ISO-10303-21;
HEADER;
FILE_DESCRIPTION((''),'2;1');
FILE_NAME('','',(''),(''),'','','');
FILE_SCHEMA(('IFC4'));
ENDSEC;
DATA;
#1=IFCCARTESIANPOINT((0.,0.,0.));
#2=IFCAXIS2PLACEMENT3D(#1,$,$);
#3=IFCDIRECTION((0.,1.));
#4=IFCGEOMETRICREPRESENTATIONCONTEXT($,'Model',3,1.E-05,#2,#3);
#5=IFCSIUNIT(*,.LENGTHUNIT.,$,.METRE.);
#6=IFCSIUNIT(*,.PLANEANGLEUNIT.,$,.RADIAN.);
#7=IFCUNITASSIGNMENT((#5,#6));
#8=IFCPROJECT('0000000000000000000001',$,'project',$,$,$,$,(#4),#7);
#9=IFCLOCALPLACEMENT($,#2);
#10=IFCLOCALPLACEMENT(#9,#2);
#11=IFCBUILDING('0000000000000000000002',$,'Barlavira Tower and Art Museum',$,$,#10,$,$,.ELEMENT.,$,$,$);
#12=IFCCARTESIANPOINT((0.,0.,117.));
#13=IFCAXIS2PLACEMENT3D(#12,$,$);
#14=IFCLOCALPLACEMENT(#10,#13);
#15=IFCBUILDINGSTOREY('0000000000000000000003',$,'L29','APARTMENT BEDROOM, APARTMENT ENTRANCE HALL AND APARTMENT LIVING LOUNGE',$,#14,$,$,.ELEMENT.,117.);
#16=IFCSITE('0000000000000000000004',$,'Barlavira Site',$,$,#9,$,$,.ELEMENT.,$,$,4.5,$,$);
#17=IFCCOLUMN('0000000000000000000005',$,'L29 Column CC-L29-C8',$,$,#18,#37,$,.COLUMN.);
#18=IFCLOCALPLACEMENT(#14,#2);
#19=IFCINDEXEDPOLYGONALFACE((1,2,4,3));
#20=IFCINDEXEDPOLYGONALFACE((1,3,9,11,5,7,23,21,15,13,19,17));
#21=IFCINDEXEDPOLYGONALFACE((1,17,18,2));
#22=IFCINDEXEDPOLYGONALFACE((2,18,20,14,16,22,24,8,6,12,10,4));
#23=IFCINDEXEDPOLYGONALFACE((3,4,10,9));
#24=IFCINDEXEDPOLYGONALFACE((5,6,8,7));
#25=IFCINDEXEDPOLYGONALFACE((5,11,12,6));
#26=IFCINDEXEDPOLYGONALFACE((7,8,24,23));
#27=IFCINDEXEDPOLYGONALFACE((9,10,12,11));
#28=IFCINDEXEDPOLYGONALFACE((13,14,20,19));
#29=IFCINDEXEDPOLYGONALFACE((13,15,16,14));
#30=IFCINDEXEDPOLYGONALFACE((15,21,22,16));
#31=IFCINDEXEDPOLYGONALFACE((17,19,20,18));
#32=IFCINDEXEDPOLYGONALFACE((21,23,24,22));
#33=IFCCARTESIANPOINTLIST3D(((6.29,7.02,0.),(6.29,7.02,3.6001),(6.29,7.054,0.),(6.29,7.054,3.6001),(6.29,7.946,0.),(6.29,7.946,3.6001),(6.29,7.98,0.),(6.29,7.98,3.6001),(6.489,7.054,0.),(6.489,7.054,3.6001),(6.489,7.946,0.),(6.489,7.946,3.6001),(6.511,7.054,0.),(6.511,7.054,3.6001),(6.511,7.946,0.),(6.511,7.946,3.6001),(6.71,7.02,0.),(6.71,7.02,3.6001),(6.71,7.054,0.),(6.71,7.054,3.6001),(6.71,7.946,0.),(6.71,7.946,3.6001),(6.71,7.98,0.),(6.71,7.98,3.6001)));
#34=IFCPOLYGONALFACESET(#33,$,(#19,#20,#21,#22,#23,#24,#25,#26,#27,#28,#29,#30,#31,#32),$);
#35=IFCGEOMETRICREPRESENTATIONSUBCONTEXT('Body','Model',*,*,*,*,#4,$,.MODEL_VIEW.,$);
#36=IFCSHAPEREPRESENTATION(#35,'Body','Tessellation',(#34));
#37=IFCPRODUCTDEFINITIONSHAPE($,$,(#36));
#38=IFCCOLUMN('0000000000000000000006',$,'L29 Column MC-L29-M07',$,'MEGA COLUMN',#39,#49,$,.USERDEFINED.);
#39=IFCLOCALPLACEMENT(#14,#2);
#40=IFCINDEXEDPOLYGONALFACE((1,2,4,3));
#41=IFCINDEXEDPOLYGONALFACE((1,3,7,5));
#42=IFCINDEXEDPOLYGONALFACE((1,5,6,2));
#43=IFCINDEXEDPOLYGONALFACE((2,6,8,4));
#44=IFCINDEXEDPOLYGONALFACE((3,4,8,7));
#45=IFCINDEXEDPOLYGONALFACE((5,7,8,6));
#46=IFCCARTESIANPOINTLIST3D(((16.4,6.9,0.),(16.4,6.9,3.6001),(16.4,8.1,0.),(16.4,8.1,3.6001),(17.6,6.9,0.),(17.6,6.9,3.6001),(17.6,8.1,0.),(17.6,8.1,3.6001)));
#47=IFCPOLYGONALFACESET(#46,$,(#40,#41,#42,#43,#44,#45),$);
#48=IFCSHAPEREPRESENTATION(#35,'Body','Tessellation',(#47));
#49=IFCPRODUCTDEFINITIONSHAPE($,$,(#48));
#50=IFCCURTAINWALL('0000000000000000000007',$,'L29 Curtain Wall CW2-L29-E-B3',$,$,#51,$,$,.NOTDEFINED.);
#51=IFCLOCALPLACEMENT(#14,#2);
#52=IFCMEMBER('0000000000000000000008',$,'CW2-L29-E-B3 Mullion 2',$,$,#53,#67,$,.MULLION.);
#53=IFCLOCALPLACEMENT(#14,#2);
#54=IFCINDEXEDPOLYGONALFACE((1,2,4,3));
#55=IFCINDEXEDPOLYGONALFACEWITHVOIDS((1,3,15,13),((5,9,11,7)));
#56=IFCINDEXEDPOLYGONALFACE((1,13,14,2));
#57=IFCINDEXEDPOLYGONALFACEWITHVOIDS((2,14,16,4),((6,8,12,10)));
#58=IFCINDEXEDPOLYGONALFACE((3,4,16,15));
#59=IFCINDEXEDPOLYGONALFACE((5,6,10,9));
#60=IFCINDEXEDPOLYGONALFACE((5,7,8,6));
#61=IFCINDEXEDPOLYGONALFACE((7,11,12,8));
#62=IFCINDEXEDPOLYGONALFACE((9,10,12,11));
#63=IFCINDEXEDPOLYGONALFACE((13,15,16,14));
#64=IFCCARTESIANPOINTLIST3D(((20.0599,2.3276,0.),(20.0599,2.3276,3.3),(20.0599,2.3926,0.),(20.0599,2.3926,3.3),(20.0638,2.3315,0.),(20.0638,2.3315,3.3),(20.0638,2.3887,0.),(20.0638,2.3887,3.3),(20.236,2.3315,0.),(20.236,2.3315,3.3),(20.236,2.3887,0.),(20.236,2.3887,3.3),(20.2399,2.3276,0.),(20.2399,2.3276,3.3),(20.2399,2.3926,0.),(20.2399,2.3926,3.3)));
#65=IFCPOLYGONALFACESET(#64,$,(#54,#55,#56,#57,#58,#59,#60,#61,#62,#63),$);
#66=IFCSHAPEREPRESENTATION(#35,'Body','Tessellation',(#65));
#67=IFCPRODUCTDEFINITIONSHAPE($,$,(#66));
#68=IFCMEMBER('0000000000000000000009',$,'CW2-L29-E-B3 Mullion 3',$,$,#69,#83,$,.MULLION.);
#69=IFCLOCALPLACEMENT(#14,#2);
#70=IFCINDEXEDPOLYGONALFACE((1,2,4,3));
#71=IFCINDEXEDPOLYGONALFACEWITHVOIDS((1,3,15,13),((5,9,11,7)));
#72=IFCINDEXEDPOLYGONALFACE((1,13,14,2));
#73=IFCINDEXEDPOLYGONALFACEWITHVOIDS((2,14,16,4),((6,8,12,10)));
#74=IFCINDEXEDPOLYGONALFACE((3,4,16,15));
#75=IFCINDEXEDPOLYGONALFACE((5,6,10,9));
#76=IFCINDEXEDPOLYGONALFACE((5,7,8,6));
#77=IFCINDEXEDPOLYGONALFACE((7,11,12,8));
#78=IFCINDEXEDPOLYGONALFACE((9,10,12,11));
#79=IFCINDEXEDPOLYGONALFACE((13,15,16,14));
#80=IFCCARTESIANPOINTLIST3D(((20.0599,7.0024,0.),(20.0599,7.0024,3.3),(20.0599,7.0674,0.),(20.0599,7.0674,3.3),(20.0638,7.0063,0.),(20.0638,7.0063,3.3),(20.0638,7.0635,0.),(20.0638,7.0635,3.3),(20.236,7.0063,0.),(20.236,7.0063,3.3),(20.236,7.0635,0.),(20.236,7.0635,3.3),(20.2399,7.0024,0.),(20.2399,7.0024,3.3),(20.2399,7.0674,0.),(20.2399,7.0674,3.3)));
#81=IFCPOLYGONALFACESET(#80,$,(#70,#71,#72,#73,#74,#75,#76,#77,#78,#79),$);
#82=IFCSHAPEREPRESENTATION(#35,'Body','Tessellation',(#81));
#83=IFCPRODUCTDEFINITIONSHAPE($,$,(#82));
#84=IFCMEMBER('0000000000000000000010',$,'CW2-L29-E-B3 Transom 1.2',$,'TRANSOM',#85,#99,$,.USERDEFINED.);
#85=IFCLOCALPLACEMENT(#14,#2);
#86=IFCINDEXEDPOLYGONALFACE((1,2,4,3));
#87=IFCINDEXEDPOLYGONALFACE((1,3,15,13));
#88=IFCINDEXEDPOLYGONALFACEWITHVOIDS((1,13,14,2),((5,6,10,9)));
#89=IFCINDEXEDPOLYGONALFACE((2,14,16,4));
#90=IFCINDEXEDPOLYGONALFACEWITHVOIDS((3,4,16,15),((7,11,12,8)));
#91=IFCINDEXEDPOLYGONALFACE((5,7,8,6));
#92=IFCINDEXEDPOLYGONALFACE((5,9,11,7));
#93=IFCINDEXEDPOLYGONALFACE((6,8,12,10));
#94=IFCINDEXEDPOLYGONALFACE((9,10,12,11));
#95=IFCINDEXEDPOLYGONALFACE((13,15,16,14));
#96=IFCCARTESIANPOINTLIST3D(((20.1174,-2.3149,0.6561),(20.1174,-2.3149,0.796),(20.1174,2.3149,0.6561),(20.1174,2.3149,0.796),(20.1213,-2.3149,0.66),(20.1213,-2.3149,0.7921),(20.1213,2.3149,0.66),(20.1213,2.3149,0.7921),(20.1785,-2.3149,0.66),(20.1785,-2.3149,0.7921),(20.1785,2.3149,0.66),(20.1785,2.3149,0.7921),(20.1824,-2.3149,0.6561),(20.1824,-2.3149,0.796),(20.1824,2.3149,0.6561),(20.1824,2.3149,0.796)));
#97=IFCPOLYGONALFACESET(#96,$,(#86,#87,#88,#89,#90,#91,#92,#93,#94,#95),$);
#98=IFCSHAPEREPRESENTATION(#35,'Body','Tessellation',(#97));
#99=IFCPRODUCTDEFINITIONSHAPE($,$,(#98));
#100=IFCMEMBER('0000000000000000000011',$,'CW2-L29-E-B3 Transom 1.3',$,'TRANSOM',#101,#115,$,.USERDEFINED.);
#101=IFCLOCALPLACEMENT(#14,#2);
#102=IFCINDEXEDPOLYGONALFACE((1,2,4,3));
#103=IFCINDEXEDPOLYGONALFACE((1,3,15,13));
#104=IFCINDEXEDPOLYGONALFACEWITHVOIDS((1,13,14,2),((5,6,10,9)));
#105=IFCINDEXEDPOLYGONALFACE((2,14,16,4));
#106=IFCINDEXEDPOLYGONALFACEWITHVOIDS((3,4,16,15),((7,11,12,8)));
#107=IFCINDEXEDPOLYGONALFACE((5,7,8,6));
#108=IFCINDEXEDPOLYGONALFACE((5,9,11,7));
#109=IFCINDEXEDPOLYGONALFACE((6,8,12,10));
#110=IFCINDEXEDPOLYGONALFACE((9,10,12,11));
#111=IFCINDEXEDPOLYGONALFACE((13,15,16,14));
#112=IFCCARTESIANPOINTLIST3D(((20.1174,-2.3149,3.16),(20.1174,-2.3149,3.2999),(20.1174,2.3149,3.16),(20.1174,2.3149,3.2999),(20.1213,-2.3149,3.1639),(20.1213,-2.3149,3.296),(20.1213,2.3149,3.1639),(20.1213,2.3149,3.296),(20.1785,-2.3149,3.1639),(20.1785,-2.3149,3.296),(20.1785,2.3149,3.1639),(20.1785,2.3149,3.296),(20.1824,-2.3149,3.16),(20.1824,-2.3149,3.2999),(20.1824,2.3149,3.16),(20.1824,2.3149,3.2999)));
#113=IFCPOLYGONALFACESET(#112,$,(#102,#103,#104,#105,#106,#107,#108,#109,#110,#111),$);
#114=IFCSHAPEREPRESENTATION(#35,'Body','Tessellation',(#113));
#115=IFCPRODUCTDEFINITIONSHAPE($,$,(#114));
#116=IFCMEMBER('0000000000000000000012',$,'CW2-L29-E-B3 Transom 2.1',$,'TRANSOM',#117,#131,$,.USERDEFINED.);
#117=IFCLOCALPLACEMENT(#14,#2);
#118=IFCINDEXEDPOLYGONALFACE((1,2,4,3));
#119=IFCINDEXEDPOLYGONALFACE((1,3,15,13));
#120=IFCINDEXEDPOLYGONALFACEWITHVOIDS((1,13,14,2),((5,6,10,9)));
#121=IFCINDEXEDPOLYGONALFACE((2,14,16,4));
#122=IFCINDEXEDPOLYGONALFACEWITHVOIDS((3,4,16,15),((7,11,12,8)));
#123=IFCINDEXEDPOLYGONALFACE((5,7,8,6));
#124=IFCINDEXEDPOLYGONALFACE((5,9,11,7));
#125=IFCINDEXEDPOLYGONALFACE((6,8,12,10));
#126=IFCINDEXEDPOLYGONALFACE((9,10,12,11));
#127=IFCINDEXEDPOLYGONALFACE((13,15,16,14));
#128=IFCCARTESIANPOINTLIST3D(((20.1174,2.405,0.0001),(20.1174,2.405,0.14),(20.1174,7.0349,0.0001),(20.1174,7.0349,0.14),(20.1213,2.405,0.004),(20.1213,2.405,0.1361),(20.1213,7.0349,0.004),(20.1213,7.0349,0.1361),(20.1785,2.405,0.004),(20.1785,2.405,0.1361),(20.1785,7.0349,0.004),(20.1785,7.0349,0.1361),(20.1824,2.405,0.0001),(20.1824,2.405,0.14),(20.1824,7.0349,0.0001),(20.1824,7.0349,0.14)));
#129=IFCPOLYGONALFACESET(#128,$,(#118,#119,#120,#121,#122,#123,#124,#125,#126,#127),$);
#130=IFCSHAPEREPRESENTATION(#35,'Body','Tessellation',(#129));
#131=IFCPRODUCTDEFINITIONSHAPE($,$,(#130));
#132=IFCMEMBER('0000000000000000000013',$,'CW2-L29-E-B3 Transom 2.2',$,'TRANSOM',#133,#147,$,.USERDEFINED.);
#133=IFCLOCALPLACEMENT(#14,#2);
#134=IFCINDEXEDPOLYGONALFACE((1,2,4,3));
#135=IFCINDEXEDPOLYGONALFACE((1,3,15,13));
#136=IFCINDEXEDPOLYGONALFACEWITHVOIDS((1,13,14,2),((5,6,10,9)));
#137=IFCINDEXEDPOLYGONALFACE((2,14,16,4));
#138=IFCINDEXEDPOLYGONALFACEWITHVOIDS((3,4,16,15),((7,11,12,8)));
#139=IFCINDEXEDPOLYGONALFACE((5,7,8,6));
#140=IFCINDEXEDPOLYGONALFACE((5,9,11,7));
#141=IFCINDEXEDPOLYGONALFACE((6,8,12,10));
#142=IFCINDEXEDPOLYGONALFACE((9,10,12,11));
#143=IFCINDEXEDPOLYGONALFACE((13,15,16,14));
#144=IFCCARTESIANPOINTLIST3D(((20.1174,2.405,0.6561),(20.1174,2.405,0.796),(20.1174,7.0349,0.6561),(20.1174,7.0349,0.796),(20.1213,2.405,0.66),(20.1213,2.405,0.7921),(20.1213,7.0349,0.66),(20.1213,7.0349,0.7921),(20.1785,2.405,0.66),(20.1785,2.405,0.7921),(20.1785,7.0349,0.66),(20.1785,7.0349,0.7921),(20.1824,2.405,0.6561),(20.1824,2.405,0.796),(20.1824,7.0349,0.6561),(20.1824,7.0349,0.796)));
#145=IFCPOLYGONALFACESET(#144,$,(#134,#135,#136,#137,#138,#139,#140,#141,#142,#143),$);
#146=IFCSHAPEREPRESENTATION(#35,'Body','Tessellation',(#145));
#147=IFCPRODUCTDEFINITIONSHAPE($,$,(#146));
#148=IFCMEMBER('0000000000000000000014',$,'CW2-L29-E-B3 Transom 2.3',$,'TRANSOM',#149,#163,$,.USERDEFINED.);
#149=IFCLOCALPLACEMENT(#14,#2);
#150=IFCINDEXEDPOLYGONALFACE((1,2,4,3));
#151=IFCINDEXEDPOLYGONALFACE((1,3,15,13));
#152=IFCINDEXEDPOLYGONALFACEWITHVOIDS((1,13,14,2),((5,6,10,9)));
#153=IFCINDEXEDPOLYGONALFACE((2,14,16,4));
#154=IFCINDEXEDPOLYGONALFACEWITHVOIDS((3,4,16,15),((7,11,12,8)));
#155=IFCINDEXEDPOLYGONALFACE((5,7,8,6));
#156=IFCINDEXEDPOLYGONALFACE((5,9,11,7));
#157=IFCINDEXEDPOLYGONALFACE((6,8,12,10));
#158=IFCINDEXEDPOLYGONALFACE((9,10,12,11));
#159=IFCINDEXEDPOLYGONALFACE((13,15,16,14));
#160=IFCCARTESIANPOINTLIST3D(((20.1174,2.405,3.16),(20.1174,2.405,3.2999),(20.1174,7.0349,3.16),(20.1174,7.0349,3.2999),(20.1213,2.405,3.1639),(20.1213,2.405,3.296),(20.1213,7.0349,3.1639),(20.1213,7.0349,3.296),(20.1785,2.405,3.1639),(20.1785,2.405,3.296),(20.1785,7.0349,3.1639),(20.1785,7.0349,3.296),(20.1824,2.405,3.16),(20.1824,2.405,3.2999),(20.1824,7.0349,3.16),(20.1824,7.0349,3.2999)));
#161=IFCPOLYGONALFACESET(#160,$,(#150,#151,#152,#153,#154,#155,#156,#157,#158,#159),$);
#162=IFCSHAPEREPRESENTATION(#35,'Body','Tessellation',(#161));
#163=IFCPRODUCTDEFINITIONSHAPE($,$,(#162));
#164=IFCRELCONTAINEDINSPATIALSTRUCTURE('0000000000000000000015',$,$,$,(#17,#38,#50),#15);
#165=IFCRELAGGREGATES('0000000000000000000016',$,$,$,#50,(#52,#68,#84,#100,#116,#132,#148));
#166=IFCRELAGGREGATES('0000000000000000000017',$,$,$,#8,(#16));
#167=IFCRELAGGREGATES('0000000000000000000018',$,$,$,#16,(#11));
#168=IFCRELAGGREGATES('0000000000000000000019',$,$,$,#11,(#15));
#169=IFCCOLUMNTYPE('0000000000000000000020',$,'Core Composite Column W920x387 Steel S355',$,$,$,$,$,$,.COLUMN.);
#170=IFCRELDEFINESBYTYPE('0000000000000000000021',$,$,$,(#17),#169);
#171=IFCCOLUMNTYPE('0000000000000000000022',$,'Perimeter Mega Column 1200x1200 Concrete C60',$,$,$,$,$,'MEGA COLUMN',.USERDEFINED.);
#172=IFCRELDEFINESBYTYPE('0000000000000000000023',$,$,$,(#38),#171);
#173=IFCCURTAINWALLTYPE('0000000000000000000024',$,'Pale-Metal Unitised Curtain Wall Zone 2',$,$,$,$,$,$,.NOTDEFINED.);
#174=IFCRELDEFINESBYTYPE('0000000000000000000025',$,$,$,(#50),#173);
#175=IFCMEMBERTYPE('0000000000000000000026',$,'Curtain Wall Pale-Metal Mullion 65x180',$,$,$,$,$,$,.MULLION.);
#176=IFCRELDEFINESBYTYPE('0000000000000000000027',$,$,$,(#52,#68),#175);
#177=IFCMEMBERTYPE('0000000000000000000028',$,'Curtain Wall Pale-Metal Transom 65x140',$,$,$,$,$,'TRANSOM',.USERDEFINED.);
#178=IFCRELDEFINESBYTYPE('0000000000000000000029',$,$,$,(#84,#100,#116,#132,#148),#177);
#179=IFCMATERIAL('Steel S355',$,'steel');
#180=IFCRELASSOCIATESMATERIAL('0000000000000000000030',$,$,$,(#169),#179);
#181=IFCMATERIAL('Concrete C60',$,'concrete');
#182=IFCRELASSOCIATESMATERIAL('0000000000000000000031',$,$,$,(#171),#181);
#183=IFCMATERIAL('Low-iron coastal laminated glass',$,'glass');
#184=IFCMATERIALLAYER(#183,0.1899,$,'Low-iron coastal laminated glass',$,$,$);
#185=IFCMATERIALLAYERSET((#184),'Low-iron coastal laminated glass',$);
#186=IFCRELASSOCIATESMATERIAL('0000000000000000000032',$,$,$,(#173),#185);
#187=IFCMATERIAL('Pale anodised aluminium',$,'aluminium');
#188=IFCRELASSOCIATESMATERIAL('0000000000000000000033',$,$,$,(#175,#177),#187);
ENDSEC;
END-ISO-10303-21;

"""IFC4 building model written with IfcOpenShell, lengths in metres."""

from ifc_helpers import new_model, si_unit, direction, frame, origin, origin_2d, place, context, subcontext, project, spatial, rectangle, hollow_rectangle, i_section, extrude, material, layer, layer_set, material_profile, profile_set, type_object, element, aggregate, save


model = new_model("IFC4")

# Units and contexts
model_context = context("Model", 3, precision=1e-05, world=origin(), true_north=direction((0.0, 1.0)))
body_context = subcontext(model_context, "Body", "Model", "MODEL_VIEW")
ifc_project = project(units=[si_unit("LENGTHUNIT", "METRE"), si_unit("PLANEANGLEUNIT", "RADIAN")], contexts=[model_context])

# Site, building, storey
site_placement = place(None, origin())
site = spatial("IfcSite", under=ifc_project, at=site_placement, Name="Barlavira Site", CompositionType="ELEMENT", RefElevation=4.5)
building_placement = place(site_placement, origin())
building = spatial("IfcBuilding", under=site, at=building_placement, Name="Barlavira Tower and Art Museum", CompositionType="ELEMENT")
storey_placement = place(building_placement, frame((0.0, 0.0, 117.0)))
storey = spatial("IfcBuildingStorey", under=building, at=storey_placement, Name="L29", Description="APARTMENT BEDROOM, APARTMENT ENTRANCE HALL AND APARTMENT LIVING LOUNGE", CompositionType="ELEMENT", Elevation=117.0)

# Columns
ifc_material_1 = material(Name="Steel S355", Category="steel")
ifc_material_profile_1 = material_profile(ifc_material_1, i_section(OverallWidth=0.4199, OverallDepth=0.96, WebThickness=0.022, FlangeThickness=0.0339, at=origin_2d()), Name="W920x387.0")
ifc_profile_set_1 = profile_set([ifc_material_profile_1], Name="Steel S355")
column_type_1 = type_object("IfcColumnType", Name="Core Composite Column W920x387 Steel S355", PredefinedType="COLUMN", material=ifc_profile_set_1)
column_1_placement = place(storey_placement, frame((6.5, 7.5, 0.0), z_axis=(0.0, 0.0, 1.0), x_axis=(1.0, 0.0, 0.0)))
element("IfcColumn", 1, at=column_1_placement, inside=storey, type_object=column_type_1, Name="L29 Column CC-L29-C8", PredefinedType="COLUMN", context=body_context, shape_type="SweptSolid", body=[
    extrude(i_section(OverallWidth=0.4199, OverallDepth=0.96, WebThickness=0.022, FlangeThickness=0.0339, at=origin_2d()), origin(), (0.0, 0.0, 1.0), 3.6001),
])
ifc_material_2 = material(Name="Concrete C60", Category="concrete")
ifc_material_profile_2 = material_profile(ifc_material_2, rectangle(XDim=1.2, YDim=1.2, at=origin_2d()), Name="RC-COL 1200x1200")
ifc_profile_set_2 = profile_set([ifc_material_profile_2], Name="Concrete C60")
column_type_2 = type_object("IfcColumnType", Name="Perimeter Mega Column 1200x1200 Concrete C60", ElementType="MEGA COLUMN", PredefinedType="USERDEFINED", material=ifc_profile_set_2)
column_2_placement = place(storey_placement, frame((17.0, 7.5, 0.0), z_axis=(0.0, 0.0, 1.0), x_axis=(1.0, 0.0, 0.0)))
element("IfcColumn", 2, at=column_2_placement, inside=storey, type_object=column_type_2, Name="L29 Column MC-L29-M07", ObjectType="MEGA COLUMN", PredefinedType="USERDEFINED", context=body_context, shape_type="SweptSolid", body=[
    extrude(rectangle(XDim=1.2, YDim=1.2, at=origin_2d()), origin(), (0.0, 0.0, 1.0), 3.6001),
])

# Curtain wall, members
ifc_material_3 = material(Name="Low-iron coastal laminated glass", Category="glass")
ifc_layer_1 = layer(ifc_material_3, 0.1899, Name="Low-iron coastal laminated glass")
ifc_layer_set_1 = layer_set([ifc_layer_1], Name="Low-iron coastal laminated glass")
curtain_wall_type = type_object("IfcCurtainWallType", Name="Pale-Metal Unitised Curtain Wall Zone 2", PredefinedType="NOTDEFINED", material=ifc_layer_set_1)
curtain_wall_placement = place(storey_placement, origin())
curtain_wall = element("IfcCurtainWall", 3, at=curtain_wall_placement, inside=storey, type_object=curtain_wall_type, Name="L29 Curtain Wall CW2-L29-E-B3", PredefinedType="NOTDEFINED")
ifc_material_4 = material(Name="Pale anodised aluminium", Category="aluminium")
ifc_material_profile_3 = material_profile(ifc_material_4, hollow_rectangle(XDim=0.0649, YDim=0.1799, WallThickness=0.0039, at=origin_2d()), Name="ALU-MULL 65x180x4")
ifc_profile_set_3 = profile_set([ifc_material_profile_3], Name="Pale anodised aluminium")
member_type_1 = type_object("IfcMemberType", Name="Curtain Wall Pale-Metal Mullion 65x180", PredefinedType="MULLION", material=ifc_profile_set_3)
member_1_placement = place(storey_placement, frame((20.1499, 2.3601, 0.0), z_axis=(0.0, 0.0, 1.0), x_axis=(0.0, 1.0, 0.0)))
member_1 = element("IfcMember", 4, at=member_1_placement, type_object=member_type_1, Name="CW2-L29-E-B3 Mullion 2", PredefinedType="MULLION", context=body_context, shape_type="SweptSolid", body=[
    extrude(hollow_rectangle(XDim=0.0649, YDim=0.1799, WallThickness=0.0039, at=origin_2d()), origin(), (0.0, 0.0, 1.0), 3.3),
])
member_2_placement = place(storey_placement, frame((20.1499, 7.0349, 0.0), z_axis=(0.0, 0.0, 1.0), x_axis=(0.0, 1.0, 0.0)))
member_2 = element("IfcMember", 5, at=member_2_placement, type_object=member_type_1, Name="CW2-L29-E-B3 Mullion 3", PredefinedType="MULLION", context=body_context, shape_type="SweptSolid", body=[
    extrude(hollow_rectangle(XDim=0.0649, YDim=0.1799, WallThickness=0.0039, at=origin_2d()), origin(), (0.0, 0.0, 1.0), 3.3),
])
ifc_material_profile_4 = material_profile(ifc_material_4, hollow_rectangle(XDim=0.0649, YDim=0.1399, WallThickness=0.0039, at=origin_2d()), Name="ALU-TRAN 65x140x4")
ifc_profile_set_4 = profile_set([ifc_material_profile_4], Name="Pale anodised aluminium")
member_type_2 = type_object("IfcMemberType", Name="Curtain Wall Pale-Metal Transom 65x140", ElementType="TRANSOM", PredefinedType="USERDEFINED", material=ifc_profile_set_4)
member_3_placement = place(storey_placement, frame((20.1499, -2.3149, 0.7261), z_axis=(0.0, 1.0, 0.0), x_axis=(-1.0, 0.0, 0.0)))
member_3 = element("IfcMember", 6, at=member_3_placement, type_object=member_type_2, Name="CW2-L29-E-B3 Transom 1.2", ObjectType="TRANSOM", PredefinedType="USERDEFINED", context=body_context, shape_type="SweptSolid", body=[
    extrude(hollow_rectangle(XDim=0.0649, YDim=0.1399, WallThickness=0.0039, at=origin_2d()), origin(), (0.0, 0.0, 1.0), 4.6299),
])
member_4_placement = place(storey_placement, frame((20.1499, -2.3149, 3.23), z_axis=(0.0, 1.0, 0.0), x_axis=(-1.0, 0.0, 0.0)))
member_4 = element("IfcMember", 7, at=member_4_placement, type_object=member_type_2, Name="CW2-L29-E-B3 Transom 1.3", ObjectType="TRANSOM", PredefinedType="USERDEFINED", context=body_context, shape_type="SweptSolid", body=[
    extrude(hollow_rectangle(XDim=0.0649, YDim=0.1399, WallThickness=0.0039, at=origin_2d()), origin(), (0.0, 0.0, 1.0), 4.6299),
])
member_5_placement = place(storey_placement, frame((20.1499, 2.405, 0.0701), z_axis=(0.0, 1.0, 0.0), x_axis=(-1.0, 0.0, 0.0)))
member_5 = element("IfcMember", 8, at=member_5_placement, type_object=member_type_2, Name="CW2-L29-E-B3 Transom 2.1", ObjectType="TRANSOM", PredefinedType="USERDEFINED", context=body_context, shape_type="SweptSolid", body=[
    extrude(hollow_rectangle(XDim=0.0649, YDim=0.1399, WallThickness=0.0039, at=origin_2d()), origin(), (0.0, 0.0, 1.0), 4.6299),
])
member_6_placement = place(storey_placement, frame((20.1499, 2.405, 0.7261), z_axis=(0.0, 1.0, 0.0), x_axis=(-1.0, 0.0, 0.0)))
member_6 = element("IfcMember", 9, at=member_6_placement, type_object=member_type_2, Name="CW2-L29-E-B3 Transom 2.2", ObjectType="TRANSOM", PredefinedType="USERDEFINED", context=body_context, shape_type="SweptSolid", body=[
    extrude(hollow_rectangle(XDim=0.0649, YDim=0.1399, WallThickness=0.0039, at=origin_2d()), origin(), (0.0, 0.0, 1.0), 4.6299),
])
member_7_placement = place(storey_placement, frame((20.1499, 2.405, 3.23), z_axis=(0.0, 1.0, 0.0), x_axis=(-1.0, 0.0, 0.0)))
member_7 = element("IfcMember", 10, at=member_7_placement, type_object=member_type_2, Name="CW2-L29-E-B3 Transom 2.3", ObjectType="TRANSOM", PredefinedType="USERDEFINED", context=body_context, shape_type="SweptSolid", body=[
    extrude(hollow_rectangle(XDim=0.0649, YDim=0.1399, WallThickness=0.0039, at=origin_2d()), origin(), (0.0, 0.0, 1.0), 4.6299),
])

aggregate(curtain_wall, [member_1, member_2, member_3, member_4, member_5, member_6, member_7])

save(model, "model.ifc")
